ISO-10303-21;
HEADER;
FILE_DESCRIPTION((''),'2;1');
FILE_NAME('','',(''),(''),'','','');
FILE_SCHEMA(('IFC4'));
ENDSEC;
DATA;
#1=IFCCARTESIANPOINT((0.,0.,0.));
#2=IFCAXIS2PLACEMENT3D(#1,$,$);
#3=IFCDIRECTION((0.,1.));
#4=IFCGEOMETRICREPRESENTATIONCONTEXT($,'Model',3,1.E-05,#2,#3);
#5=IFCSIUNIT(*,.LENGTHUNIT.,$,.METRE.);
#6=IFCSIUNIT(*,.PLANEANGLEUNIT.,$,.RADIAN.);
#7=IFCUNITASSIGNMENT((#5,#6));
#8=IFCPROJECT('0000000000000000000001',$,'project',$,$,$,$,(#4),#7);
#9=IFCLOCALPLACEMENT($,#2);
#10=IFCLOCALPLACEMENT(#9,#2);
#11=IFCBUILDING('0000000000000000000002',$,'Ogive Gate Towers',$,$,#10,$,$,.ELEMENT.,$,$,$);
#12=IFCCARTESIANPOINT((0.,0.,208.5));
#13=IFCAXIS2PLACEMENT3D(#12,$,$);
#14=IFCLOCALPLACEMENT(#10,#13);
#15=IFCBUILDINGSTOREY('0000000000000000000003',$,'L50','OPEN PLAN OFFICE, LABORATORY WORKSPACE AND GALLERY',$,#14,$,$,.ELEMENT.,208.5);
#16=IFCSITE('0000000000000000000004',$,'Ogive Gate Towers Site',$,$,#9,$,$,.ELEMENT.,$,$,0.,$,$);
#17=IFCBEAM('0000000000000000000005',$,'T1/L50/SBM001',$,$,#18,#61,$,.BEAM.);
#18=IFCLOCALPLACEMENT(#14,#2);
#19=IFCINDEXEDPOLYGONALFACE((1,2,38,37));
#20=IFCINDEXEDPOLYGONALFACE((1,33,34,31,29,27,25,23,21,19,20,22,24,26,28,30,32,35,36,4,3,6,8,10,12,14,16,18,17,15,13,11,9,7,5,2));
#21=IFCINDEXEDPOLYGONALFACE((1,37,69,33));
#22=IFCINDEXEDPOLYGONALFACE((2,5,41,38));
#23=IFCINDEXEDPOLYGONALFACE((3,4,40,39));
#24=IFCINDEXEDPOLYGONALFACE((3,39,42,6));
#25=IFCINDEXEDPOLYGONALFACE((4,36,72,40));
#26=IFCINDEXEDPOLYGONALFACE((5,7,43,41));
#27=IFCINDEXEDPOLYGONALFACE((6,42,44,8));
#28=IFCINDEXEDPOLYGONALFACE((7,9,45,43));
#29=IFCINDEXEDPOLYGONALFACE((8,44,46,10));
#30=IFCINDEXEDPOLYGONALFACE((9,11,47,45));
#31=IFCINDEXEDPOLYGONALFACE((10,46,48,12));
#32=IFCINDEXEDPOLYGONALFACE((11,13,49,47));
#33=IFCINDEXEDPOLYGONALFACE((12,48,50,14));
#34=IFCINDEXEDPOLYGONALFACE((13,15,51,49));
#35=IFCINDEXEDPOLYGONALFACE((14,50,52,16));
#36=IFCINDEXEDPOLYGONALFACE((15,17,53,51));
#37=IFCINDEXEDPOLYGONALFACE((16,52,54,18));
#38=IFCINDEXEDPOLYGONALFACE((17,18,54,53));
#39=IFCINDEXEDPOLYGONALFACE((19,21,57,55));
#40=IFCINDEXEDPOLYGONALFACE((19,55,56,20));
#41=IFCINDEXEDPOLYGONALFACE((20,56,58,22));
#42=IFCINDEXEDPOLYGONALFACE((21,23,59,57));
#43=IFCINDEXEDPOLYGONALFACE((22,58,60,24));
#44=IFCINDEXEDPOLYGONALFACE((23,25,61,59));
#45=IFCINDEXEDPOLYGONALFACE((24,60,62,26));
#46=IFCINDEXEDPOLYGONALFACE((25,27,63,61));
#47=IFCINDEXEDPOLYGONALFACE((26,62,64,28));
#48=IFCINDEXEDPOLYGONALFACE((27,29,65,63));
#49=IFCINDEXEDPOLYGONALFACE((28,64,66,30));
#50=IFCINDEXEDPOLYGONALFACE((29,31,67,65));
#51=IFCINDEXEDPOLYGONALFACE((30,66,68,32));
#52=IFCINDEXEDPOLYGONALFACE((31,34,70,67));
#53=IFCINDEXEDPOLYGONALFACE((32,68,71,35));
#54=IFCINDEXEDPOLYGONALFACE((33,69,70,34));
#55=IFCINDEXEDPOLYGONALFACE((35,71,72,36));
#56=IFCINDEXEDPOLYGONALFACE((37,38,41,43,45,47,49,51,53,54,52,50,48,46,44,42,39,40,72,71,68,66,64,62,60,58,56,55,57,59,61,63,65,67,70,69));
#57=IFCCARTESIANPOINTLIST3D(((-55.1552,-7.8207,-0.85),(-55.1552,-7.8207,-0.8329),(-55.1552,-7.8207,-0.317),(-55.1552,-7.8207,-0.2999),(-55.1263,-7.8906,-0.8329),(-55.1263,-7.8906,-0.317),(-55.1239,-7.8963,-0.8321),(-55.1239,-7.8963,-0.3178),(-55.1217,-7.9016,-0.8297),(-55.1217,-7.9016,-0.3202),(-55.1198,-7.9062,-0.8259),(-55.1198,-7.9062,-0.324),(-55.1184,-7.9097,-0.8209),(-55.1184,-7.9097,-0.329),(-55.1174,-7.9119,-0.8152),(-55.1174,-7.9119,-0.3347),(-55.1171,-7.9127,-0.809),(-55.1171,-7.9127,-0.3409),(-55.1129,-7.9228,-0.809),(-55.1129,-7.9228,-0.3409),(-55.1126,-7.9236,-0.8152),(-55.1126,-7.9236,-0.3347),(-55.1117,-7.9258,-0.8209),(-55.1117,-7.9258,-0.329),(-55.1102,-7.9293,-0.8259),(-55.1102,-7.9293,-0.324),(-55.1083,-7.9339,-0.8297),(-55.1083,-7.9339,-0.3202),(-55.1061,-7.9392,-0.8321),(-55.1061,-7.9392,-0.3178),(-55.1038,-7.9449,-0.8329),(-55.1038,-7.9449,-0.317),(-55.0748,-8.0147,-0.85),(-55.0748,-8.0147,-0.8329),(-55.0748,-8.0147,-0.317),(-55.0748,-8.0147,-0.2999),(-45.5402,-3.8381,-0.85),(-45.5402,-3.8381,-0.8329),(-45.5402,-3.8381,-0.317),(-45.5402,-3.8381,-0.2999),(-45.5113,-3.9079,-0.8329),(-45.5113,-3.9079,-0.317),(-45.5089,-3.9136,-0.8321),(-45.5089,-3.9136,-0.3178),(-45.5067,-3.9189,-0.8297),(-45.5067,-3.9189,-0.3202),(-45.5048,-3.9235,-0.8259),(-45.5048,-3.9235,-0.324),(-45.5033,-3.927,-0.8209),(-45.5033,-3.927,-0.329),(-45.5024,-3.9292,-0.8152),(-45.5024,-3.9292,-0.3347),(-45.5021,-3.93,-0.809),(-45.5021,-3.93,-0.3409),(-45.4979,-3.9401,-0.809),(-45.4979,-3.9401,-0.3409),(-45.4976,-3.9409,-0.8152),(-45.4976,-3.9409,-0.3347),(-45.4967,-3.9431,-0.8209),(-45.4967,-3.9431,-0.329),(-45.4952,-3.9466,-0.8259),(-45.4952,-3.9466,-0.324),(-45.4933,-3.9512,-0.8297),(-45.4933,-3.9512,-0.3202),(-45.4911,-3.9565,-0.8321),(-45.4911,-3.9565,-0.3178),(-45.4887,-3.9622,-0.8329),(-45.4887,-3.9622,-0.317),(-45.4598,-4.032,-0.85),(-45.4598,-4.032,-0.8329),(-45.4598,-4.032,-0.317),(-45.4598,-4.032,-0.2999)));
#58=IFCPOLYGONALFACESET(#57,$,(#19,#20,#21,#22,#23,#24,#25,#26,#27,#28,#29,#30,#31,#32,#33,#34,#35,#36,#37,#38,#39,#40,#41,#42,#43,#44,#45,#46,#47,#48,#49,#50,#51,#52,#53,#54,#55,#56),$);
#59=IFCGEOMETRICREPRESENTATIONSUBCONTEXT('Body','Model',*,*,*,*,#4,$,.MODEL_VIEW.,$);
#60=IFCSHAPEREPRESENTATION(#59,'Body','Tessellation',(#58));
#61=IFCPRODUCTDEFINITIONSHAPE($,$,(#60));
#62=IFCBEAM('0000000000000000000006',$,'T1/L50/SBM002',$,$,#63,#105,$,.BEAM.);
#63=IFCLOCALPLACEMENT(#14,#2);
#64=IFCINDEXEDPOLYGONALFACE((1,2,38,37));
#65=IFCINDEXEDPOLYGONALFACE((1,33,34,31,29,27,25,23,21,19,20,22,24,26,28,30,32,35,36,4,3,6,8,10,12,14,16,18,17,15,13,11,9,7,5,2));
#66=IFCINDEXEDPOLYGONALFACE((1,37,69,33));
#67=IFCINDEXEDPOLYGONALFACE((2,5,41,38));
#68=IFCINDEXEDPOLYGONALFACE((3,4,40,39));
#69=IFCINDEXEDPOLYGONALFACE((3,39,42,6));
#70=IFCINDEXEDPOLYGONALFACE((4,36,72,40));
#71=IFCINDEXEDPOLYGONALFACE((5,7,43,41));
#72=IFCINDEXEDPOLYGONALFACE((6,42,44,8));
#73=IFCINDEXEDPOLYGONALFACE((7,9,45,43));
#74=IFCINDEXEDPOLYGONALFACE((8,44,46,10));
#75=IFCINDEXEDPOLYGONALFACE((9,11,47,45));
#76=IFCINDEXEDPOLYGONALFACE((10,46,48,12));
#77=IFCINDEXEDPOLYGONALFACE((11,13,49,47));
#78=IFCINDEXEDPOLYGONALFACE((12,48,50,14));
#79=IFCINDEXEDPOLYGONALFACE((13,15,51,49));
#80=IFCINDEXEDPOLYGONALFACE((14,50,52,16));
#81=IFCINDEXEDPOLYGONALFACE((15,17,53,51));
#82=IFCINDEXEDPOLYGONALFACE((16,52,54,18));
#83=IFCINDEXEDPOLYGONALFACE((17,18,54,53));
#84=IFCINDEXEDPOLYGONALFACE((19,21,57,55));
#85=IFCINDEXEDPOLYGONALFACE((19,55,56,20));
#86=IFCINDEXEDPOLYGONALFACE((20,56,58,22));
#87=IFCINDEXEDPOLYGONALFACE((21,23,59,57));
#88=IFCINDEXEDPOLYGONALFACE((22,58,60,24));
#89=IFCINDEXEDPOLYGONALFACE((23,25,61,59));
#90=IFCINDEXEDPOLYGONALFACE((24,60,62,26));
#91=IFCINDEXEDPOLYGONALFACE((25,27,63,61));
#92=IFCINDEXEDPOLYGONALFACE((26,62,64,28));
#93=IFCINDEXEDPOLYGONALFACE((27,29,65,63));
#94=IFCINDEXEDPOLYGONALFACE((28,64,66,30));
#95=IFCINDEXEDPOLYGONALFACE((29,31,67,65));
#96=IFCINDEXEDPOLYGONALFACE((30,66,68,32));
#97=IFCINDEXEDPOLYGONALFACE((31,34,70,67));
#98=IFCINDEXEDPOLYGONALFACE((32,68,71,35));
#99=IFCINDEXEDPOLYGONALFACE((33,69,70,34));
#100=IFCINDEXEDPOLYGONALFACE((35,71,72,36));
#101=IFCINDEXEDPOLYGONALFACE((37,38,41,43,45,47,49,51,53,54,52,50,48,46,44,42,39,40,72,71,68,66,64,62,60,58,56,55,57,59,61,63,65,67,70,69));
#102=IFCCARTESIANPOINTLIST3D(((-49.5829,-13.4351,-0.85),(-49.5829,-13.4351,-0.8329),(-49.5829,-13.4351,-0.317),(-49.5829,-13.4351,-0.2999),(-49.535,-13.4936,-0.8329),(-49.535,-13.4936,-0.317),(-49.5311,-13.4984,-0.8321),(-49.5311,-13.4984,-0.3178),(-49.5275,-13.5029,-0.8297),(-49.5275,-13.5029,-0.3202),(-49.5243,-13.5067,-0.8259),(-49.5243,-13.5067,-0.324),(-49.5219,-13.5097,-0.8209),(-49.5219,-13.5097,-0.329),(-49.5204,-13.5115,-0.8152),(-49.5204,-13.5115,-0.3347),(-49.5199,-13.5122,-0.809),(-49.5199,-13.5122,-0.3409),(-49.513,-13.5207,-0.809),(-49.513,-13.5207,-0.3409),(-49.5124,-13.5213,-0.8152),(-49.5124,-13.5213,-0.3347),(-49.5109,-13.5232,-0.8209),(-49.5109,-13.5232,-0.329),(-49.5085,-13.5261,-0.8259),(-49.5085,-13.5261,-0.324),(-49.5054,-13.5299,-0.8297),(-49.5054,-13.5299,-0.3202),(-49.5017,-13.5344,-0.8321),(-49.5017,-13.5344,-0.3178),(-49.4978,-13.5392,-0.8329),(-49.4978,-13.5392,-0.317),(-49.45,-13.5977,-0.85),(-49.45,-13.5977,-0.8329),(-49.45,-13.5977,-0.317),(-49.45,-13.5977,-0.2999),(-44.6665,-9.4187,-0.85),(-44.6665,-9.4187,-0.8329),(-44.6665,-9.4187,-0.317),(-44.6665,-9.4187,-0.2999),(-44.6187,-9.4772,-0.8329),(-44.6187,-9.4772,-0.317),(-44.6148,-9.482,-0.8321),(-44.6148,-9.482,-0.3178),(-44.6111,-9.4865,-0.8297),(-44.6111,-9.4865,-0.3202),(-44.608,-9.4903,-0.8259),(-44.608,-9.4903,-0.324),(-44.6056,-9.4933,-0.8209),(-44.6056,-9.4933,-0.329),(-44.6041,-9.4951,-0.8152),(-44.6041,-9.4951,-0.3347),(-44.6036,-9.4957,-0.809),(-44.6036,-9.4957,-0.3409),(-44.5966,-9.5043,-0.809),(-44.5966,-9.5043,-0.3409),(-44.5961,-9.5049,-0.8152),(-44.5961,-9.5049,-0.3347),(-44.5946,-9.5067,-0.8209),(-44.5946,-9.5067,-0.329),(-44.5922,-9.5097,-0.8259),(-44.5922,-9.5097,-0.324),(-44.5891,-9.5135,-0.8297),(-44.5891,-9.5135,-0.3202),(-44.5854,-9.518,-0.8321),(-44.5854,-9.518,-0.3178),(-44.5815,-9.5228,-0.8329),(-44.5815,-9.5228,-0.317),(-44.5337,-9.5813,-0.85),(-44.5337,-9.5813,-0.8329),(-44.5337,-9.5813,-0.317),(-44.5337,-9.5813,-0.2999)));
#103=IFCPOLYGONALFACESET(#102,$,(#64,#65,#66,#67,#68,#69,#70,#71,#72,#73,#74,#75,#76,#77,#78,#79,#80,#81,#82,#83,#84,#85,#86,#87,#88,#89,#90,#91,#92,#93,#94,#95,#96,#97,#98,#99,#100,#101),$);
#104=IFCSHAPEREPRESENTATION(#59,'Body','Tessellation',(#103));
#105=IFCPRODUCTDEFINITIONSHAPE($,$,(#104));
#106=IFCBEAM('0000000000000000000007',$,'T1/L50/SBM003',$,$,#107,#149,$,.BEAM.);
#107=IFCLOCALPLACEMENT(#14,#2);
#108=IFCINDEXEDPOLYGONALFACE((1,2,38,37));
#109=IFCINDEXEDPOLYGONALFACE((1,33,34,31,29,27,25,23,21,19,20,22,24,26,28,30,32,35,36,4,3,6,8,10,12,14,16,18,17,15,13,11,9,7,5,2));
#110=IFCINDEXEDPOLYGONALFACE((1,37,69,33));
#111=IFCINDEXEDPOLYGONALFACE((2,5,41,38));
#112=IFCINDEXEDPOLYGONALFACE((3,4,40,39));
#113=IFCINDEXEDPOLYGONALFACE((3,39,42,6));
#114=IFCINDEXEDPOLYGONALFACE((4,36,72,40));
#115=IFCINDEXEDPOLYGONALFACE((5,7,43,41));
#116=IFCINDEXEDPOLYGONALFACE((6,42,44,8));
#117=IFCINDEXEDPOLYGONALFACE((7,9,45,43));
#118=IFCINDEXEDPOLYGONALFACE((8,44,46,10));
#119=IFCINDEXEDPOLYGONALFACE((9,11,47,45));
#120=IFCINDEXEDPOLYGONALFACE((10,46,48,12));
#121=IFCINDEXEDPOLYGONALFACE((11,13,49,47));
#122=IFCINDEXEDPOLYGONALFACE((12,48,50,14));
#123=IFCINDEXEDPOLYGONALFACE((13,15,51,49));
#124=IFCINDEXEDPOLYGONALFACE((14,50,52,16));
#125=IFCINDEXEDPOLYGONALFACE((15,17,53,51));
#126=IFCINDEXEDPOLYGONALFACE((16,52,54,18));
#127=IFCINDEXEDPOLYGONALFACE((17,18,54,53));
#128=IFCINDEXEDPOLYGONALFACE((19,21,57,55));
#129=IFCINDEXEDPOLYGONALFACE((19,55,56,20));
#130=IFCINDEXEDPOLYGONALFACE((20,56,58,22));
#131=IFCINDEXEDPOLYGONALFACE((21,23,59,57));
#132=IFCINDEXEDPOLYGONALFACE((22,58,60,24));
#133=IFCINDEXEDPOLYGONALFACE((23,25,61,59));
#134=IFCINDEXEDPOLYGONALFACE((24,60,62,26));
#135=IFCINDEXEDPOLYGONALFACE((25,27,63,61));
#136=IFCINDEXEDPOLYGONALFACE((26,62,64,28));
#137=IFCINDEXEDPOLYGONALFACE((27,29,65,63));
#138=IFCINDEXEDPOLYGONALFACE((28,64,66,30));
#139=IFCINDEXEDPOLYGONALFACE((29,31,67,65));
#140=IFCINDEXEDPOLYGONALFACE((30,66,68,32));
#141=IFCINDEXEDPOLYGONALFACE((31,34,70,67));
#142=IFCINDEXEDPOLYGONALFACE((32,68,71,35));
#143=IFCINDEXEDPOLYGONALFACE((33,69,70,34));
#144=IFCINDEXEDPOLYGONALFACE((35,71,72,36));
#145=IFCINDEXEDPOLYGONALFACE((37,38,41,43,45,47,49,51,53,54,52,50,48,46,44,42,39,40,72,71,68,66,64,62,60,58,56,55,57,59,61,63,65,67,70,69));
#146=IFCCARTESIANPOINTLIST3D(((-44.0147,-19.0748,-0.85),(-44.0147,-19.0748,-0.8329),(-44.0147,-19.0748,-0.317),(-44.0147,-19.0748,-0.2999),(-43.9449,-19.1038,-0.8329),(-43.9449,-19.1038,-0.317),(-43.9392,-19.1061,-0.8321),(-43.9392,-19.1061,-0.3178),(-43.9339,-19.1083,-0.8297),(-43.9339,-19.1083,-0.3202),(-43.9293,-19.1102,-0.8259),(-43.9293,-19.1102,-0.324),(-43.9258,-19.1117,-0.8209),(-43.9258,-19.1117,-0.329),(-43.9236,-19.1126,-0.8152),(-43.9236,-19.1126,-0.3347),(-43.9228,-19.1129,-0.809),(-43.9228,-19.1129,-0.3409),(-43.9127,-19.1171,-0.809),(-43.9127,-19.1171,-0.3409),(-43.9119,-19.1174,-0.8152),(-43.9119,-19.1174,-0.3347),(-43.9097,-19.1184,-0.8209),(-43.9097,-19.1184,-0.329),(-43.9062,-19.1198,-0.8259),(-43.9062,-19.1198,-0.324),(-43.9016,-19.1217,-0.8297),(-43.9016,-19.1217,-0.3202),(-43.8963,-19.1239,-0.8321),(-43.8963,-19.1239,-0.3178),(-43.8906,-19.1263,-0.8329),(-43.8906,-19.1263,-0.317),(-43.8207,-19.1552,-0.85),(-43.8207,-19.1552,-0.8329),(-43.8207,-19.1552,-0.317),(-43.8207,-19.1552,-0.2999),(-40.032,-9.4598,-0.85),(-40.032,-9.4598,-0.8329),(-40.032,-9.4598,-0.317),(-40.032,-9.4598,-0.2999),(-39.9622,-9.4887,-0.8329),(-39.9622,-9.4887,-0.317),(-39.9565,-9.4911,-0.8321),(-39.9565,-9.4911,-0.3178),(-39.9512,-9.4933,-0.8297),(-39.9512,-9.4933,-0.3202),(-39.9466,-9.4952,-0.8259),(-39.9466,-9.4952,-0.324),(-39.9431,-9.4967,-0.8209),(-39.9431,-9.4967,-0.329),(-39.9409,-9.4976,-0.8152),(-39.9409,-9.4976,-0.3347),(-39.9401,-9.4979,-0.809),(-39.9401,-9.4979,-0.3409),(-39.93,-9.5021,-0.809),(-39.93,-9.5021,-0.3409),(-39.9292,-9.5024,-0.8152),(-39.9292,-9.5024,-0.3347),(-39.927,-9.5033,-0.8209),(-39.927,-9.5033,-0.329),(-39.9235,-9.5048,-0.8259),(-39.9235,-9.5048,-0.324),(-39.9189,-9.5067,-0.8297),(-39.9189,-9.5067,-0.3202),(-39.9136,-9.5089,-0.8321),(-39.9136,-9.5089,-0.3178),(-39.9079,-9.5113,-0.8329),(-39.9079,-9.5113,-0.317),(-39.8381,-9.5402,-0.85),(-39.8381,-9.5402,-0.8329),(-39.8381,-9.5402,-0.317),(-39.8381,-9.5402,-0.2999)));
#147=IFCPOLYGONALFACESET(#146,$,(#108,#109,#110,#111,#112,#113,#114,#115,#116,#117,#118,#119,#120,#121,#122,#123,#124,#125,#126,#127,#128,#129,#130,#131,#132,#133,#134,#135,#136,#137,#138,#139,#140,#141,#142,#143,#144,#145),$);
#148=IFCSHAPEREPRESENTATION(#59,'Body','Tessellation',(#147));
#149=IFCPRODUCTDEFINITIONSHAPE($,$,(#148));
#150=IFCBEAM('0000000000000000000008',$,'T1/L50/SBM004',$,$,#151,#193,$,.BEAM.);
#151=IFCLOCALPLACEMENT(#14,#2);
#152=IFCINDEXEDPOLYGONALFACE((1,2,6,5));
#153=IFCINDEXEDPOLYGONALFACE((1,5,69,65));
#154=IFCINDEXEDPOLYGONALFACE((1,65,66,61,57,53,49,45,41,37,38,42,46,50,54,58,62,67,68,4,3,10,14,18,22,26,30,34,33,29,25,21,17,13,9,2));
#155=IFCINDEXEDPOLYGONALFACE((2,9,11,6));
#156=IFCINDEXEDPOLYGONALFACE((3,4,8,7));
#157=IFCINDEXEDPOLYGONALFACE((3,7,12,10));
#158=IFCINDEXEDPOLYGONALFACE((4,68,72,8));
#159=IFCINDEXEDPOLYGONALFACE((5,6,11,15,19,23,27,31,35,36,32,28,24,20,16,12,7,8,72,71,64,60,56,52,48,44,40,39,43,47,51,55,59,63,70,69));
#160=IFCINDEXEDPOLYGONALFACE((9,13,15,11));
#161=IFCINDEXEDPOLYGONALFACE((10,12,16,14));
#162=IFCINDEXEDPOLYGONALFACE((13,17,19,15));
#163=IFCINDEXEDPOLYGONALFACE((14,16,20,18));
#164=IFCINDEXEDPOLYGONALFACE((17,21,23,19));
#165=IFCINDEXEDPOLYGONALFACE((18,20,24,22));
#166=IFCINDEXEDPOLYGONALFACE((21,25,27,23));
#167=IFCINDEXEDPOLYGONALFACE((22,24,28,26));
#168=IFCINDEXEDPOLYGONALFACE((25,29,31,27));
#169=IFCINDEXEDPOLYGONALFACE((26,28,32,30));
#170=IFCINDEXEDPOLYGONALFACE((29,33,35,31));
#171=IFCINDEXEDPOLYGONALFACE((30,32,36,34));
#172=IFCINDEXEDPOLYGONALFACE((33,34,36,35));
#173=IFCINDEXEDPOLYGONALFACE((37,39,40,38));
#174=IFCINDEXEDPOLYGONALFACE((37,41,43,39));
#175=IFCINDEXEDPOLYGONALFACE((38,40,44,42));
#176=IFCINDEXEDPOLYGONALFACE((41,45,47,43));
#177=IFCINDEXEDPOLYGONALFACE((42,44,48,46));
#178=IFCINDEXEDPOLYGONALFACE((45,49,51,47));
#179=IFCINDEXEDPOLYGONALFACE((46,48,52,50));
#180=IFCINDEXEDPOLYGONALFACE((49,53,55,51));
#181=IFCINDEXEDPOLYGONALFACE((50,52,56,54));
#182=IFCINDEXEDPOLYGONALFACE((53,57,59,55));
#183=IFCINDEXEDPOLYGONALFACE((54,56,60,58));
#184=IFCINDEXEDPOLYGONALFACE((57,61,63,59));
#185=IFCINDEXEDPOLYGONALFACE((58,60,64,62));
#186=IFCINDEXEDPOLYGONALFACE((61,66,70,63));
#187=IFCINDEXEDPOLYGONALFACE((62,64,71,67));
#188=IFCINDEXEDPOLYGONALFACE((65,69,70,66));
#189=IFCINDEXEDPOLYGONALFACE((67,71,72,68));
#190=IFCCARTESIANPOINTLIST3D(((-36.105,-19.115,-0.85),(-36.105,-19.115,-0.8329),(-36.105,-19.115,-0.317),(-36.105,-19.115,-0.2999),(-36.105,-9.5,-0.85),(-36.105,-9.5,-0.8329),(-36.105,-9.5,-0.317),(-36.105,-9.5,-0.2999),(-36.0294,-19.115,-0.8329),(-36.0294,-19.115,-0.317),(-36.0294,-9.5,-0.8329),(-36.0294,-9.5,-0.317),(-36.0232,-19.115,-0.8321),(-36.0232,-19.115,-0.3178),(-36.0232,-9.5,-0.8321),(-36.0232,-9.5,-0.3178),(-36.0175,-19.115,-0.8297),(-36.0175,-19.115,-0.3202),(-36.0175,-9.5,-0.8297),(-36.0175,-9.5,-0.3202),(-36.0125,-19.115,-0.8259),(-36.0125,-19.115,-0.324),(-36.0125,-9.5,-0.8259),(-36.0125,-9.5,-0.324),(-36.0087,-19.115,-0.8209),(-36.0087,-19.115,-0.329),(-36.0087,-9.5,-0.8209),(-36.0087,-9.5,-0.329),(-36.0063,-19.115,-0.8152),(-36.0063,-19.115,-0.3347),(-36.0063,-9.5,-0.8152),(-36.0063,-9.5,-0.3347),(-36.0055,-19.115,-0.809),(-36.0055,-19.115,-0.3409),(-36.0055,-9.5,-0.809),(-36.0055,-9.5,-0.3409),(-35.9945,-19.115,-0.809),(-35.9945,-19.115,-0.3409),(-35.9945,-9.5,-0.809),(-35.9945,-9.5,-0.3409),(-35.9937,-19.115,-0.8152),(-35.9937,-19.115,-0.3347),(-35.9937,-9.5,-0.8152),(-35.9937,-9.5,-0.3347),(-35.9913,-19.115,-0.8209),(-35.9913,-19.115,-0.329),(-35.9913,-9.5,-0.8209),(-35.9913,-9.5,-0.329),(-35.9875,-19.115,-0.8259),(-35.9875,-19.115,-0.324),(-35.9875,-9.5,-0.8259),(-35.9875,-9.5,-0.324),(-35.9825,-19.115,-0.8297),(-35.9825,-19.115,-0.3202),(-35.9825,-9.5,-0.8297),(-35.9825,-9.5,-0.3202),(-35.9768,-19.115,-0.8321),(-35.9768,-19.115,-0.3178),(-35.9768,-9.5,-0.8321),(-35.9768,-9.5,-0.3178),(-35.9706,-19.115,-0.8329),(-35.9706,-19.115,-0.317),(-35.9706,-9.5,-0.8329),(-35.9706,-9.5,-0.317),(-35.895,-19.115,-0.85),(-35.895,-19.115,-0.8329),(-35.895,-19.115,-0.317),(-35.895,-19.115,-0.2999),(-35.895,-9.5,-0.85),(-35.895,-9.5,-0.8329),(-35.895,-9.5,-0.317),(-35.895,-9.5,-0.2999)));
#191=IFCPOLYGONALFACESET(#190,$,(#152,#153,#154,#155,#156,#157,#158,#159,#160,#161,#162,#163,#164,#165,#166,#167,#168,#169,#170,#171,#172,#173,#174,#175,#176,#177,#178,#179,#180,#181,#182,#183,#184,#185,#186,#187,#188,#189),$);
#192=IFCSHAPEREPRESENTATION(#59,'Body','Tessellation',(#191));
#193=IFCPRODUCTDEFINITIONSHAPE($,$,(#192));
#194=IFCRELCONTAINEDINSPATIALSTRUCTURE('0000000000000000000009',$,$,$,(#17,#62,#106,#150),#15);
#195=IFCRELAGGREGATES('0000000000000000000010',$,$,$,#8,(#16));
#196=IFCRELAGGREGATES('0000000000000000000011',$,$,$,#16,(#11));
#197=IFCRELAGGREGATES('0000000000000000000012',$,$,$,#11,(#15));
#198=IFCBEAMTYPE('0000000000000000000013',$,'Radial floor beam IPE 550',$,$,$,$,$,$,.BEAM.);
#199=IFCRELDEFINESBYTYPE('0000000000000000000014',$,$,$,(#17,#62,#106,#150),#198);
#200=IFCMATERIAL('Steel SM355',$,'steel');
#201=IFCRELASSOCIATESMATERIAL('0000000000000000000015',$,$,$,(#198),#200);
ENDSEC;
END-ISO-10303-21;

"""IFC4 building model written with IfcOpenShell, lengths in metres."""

from ifc_helpers import new_model, si_unit, direction, frame, origin, origin_2d, place, context, subcontext, project, spatial, i_section, extrude, material, material_profile, profile_set, type_object, element, save


model = new_model("IFC4")

# Units and contexts
model_context = context("Model", 3, precision=1e-05, world=origin(), true_north=direction((0.0, 1.0)))
body_context = subcontext(model_context, "Body", "Model", "MODEL_VIEW")
ifc_project = project(units=[si_unit("LENGTHUNIT", "METRE"), si_unit("PLANEANGLEUNIT", "RADIAN")], contexts=[model_context])

# Site, building, storey
site_placement = place(None, origin())
site = spatial("IfcSite", under=ifc_project, at=site_placement, Name="Ogive Gate Towers Site", CompositionType="ELEMENT", RefElevation=0.0)
building_placement = place(site_placement, origin())
building = spatial("IfcBuilding", under=site, at=building_placement, Name="Ogive Gate Towers", CompositionType="ELEMENT")
storey_placement = place(building_placement, frame((0.0, 0.0, 208.5)))
storey = spatial("IfcBuildingStorey", under=building, at=storey_placement, Name="L50", Description="OPEN PLAN OFFICE, LABORATORY WORKSPACE AND GALLERY", CompositionType="ELEMENT", Elevation=208.5)

# Beams
ifc_material_1 = material(Name="Steel SM355", Category="steel")
ifc_material_profile = material_profile(ifc_material_1, i_section(OverallWidth=0.21, OverallDepth=0.55, WebThickness=0.011, FlangeThickness=0.0171, FilletRadius=0.0239, at=origin_2d()), Name="IPE 550")
ifc_profile_set = profile_set([ifc_material_profile], Name="Steel SM355")
beam_type = type_object("IfcBeamType", Name="Radial floor beam IPE 550", PredefinedType="BEAM", material=ifc_profile_set)
beam_1_placement = place(storey_placement, frame((-45.5, -3.9351, -0.575), z_axis=(-0.923879, -0.382684, 0.0), x_axis=(0.382684, -0.923879, 0.0)))
element("IfcBeam", 1, at=beam_1_placement, inside=storey, type_object=beam_type, Name="T1/L50/SBM001", PredefinedType="BEAM", context=body_context, shape_type="SweptSolid", body=[
    extrude(i_section(OverallWidth=0.21, OverallDepth=0.55, WebThickness=0.011, FlangeThickness=0.0171, FilletRadius=0.0239, at=origin_2d()), origin(), (0.0, 0.0, 1.0), 10.4072),
])
beam_2_placement = place(storey_placement, frame((-44.6001, -9.5, -0.575), z_axis=(-0.774423, -0.632668, 0.0), x_axis=(0.632668, -0.774423, 0.0)))
element("IfcBeam", 2, at=beam_2_placement, inside=storey, type_object=beam_type, Name="T1/L50/SBM002", PredefinedType="BEAM", context=body_context, shape_type="SweptSolid", body=[
    extrude(i_section(OverallWidth=0.21, OverallDepth=0.55, WebThickness=0.011, FlangeThickness=0.0171, FilletRadius=0.0239, at=origin_2d()), origin(), (0.0, 0.0, 1.0), 6.3484),
])
beam_3_placement = place(storey_placement, frame((-39.9351, -9.5, -0.575), z_axis=(-0.382684, -0.923879, 0.0), x_axis=(0.923879, -0.382684, 0.0)))
element("IfcBeam", 3, at=beam_3_placement, inside=storey, type_object=beam_type, Name="T1/L50/SBM003", PredefinedType="BEAM", context=body_context, shape_type="SweptSolid", body=[
    extrude(i_section(OverallWidth=0.21, OverallDepth=0.55, WebThickness=0.011, FlangeThickness=0.0171, FilletRadius=0.0239, at=origin_2d()), origin(), (0.0, 0.0, 1.0), 10.4072),
])
beam_4_placement = place(storey_placement, frame((-36.0, -9.5, -0.575), z_axis=(0.0, -1.0, 0.0), x_axis=(1.0, 0.0, 0.0)))
element("IfcBeam", 4, at=beam_4_placement, inside=storey, type_object=beam_type, Name="T1/L50/SBM004", PredefinedType="BEAM", context=body_context, shape_type="SweptSolid", body=[
    extrude(i_section(OverallWidth=0.21, OverallDepth=0.55, WebThickness=0.011, FlangeThickness=0.0171, FilletRadius=0.0239, at=origin_2d()), origin(), (0.0, 0.0, 1.0), 9.615),
])

save(model, "model.ifc")
